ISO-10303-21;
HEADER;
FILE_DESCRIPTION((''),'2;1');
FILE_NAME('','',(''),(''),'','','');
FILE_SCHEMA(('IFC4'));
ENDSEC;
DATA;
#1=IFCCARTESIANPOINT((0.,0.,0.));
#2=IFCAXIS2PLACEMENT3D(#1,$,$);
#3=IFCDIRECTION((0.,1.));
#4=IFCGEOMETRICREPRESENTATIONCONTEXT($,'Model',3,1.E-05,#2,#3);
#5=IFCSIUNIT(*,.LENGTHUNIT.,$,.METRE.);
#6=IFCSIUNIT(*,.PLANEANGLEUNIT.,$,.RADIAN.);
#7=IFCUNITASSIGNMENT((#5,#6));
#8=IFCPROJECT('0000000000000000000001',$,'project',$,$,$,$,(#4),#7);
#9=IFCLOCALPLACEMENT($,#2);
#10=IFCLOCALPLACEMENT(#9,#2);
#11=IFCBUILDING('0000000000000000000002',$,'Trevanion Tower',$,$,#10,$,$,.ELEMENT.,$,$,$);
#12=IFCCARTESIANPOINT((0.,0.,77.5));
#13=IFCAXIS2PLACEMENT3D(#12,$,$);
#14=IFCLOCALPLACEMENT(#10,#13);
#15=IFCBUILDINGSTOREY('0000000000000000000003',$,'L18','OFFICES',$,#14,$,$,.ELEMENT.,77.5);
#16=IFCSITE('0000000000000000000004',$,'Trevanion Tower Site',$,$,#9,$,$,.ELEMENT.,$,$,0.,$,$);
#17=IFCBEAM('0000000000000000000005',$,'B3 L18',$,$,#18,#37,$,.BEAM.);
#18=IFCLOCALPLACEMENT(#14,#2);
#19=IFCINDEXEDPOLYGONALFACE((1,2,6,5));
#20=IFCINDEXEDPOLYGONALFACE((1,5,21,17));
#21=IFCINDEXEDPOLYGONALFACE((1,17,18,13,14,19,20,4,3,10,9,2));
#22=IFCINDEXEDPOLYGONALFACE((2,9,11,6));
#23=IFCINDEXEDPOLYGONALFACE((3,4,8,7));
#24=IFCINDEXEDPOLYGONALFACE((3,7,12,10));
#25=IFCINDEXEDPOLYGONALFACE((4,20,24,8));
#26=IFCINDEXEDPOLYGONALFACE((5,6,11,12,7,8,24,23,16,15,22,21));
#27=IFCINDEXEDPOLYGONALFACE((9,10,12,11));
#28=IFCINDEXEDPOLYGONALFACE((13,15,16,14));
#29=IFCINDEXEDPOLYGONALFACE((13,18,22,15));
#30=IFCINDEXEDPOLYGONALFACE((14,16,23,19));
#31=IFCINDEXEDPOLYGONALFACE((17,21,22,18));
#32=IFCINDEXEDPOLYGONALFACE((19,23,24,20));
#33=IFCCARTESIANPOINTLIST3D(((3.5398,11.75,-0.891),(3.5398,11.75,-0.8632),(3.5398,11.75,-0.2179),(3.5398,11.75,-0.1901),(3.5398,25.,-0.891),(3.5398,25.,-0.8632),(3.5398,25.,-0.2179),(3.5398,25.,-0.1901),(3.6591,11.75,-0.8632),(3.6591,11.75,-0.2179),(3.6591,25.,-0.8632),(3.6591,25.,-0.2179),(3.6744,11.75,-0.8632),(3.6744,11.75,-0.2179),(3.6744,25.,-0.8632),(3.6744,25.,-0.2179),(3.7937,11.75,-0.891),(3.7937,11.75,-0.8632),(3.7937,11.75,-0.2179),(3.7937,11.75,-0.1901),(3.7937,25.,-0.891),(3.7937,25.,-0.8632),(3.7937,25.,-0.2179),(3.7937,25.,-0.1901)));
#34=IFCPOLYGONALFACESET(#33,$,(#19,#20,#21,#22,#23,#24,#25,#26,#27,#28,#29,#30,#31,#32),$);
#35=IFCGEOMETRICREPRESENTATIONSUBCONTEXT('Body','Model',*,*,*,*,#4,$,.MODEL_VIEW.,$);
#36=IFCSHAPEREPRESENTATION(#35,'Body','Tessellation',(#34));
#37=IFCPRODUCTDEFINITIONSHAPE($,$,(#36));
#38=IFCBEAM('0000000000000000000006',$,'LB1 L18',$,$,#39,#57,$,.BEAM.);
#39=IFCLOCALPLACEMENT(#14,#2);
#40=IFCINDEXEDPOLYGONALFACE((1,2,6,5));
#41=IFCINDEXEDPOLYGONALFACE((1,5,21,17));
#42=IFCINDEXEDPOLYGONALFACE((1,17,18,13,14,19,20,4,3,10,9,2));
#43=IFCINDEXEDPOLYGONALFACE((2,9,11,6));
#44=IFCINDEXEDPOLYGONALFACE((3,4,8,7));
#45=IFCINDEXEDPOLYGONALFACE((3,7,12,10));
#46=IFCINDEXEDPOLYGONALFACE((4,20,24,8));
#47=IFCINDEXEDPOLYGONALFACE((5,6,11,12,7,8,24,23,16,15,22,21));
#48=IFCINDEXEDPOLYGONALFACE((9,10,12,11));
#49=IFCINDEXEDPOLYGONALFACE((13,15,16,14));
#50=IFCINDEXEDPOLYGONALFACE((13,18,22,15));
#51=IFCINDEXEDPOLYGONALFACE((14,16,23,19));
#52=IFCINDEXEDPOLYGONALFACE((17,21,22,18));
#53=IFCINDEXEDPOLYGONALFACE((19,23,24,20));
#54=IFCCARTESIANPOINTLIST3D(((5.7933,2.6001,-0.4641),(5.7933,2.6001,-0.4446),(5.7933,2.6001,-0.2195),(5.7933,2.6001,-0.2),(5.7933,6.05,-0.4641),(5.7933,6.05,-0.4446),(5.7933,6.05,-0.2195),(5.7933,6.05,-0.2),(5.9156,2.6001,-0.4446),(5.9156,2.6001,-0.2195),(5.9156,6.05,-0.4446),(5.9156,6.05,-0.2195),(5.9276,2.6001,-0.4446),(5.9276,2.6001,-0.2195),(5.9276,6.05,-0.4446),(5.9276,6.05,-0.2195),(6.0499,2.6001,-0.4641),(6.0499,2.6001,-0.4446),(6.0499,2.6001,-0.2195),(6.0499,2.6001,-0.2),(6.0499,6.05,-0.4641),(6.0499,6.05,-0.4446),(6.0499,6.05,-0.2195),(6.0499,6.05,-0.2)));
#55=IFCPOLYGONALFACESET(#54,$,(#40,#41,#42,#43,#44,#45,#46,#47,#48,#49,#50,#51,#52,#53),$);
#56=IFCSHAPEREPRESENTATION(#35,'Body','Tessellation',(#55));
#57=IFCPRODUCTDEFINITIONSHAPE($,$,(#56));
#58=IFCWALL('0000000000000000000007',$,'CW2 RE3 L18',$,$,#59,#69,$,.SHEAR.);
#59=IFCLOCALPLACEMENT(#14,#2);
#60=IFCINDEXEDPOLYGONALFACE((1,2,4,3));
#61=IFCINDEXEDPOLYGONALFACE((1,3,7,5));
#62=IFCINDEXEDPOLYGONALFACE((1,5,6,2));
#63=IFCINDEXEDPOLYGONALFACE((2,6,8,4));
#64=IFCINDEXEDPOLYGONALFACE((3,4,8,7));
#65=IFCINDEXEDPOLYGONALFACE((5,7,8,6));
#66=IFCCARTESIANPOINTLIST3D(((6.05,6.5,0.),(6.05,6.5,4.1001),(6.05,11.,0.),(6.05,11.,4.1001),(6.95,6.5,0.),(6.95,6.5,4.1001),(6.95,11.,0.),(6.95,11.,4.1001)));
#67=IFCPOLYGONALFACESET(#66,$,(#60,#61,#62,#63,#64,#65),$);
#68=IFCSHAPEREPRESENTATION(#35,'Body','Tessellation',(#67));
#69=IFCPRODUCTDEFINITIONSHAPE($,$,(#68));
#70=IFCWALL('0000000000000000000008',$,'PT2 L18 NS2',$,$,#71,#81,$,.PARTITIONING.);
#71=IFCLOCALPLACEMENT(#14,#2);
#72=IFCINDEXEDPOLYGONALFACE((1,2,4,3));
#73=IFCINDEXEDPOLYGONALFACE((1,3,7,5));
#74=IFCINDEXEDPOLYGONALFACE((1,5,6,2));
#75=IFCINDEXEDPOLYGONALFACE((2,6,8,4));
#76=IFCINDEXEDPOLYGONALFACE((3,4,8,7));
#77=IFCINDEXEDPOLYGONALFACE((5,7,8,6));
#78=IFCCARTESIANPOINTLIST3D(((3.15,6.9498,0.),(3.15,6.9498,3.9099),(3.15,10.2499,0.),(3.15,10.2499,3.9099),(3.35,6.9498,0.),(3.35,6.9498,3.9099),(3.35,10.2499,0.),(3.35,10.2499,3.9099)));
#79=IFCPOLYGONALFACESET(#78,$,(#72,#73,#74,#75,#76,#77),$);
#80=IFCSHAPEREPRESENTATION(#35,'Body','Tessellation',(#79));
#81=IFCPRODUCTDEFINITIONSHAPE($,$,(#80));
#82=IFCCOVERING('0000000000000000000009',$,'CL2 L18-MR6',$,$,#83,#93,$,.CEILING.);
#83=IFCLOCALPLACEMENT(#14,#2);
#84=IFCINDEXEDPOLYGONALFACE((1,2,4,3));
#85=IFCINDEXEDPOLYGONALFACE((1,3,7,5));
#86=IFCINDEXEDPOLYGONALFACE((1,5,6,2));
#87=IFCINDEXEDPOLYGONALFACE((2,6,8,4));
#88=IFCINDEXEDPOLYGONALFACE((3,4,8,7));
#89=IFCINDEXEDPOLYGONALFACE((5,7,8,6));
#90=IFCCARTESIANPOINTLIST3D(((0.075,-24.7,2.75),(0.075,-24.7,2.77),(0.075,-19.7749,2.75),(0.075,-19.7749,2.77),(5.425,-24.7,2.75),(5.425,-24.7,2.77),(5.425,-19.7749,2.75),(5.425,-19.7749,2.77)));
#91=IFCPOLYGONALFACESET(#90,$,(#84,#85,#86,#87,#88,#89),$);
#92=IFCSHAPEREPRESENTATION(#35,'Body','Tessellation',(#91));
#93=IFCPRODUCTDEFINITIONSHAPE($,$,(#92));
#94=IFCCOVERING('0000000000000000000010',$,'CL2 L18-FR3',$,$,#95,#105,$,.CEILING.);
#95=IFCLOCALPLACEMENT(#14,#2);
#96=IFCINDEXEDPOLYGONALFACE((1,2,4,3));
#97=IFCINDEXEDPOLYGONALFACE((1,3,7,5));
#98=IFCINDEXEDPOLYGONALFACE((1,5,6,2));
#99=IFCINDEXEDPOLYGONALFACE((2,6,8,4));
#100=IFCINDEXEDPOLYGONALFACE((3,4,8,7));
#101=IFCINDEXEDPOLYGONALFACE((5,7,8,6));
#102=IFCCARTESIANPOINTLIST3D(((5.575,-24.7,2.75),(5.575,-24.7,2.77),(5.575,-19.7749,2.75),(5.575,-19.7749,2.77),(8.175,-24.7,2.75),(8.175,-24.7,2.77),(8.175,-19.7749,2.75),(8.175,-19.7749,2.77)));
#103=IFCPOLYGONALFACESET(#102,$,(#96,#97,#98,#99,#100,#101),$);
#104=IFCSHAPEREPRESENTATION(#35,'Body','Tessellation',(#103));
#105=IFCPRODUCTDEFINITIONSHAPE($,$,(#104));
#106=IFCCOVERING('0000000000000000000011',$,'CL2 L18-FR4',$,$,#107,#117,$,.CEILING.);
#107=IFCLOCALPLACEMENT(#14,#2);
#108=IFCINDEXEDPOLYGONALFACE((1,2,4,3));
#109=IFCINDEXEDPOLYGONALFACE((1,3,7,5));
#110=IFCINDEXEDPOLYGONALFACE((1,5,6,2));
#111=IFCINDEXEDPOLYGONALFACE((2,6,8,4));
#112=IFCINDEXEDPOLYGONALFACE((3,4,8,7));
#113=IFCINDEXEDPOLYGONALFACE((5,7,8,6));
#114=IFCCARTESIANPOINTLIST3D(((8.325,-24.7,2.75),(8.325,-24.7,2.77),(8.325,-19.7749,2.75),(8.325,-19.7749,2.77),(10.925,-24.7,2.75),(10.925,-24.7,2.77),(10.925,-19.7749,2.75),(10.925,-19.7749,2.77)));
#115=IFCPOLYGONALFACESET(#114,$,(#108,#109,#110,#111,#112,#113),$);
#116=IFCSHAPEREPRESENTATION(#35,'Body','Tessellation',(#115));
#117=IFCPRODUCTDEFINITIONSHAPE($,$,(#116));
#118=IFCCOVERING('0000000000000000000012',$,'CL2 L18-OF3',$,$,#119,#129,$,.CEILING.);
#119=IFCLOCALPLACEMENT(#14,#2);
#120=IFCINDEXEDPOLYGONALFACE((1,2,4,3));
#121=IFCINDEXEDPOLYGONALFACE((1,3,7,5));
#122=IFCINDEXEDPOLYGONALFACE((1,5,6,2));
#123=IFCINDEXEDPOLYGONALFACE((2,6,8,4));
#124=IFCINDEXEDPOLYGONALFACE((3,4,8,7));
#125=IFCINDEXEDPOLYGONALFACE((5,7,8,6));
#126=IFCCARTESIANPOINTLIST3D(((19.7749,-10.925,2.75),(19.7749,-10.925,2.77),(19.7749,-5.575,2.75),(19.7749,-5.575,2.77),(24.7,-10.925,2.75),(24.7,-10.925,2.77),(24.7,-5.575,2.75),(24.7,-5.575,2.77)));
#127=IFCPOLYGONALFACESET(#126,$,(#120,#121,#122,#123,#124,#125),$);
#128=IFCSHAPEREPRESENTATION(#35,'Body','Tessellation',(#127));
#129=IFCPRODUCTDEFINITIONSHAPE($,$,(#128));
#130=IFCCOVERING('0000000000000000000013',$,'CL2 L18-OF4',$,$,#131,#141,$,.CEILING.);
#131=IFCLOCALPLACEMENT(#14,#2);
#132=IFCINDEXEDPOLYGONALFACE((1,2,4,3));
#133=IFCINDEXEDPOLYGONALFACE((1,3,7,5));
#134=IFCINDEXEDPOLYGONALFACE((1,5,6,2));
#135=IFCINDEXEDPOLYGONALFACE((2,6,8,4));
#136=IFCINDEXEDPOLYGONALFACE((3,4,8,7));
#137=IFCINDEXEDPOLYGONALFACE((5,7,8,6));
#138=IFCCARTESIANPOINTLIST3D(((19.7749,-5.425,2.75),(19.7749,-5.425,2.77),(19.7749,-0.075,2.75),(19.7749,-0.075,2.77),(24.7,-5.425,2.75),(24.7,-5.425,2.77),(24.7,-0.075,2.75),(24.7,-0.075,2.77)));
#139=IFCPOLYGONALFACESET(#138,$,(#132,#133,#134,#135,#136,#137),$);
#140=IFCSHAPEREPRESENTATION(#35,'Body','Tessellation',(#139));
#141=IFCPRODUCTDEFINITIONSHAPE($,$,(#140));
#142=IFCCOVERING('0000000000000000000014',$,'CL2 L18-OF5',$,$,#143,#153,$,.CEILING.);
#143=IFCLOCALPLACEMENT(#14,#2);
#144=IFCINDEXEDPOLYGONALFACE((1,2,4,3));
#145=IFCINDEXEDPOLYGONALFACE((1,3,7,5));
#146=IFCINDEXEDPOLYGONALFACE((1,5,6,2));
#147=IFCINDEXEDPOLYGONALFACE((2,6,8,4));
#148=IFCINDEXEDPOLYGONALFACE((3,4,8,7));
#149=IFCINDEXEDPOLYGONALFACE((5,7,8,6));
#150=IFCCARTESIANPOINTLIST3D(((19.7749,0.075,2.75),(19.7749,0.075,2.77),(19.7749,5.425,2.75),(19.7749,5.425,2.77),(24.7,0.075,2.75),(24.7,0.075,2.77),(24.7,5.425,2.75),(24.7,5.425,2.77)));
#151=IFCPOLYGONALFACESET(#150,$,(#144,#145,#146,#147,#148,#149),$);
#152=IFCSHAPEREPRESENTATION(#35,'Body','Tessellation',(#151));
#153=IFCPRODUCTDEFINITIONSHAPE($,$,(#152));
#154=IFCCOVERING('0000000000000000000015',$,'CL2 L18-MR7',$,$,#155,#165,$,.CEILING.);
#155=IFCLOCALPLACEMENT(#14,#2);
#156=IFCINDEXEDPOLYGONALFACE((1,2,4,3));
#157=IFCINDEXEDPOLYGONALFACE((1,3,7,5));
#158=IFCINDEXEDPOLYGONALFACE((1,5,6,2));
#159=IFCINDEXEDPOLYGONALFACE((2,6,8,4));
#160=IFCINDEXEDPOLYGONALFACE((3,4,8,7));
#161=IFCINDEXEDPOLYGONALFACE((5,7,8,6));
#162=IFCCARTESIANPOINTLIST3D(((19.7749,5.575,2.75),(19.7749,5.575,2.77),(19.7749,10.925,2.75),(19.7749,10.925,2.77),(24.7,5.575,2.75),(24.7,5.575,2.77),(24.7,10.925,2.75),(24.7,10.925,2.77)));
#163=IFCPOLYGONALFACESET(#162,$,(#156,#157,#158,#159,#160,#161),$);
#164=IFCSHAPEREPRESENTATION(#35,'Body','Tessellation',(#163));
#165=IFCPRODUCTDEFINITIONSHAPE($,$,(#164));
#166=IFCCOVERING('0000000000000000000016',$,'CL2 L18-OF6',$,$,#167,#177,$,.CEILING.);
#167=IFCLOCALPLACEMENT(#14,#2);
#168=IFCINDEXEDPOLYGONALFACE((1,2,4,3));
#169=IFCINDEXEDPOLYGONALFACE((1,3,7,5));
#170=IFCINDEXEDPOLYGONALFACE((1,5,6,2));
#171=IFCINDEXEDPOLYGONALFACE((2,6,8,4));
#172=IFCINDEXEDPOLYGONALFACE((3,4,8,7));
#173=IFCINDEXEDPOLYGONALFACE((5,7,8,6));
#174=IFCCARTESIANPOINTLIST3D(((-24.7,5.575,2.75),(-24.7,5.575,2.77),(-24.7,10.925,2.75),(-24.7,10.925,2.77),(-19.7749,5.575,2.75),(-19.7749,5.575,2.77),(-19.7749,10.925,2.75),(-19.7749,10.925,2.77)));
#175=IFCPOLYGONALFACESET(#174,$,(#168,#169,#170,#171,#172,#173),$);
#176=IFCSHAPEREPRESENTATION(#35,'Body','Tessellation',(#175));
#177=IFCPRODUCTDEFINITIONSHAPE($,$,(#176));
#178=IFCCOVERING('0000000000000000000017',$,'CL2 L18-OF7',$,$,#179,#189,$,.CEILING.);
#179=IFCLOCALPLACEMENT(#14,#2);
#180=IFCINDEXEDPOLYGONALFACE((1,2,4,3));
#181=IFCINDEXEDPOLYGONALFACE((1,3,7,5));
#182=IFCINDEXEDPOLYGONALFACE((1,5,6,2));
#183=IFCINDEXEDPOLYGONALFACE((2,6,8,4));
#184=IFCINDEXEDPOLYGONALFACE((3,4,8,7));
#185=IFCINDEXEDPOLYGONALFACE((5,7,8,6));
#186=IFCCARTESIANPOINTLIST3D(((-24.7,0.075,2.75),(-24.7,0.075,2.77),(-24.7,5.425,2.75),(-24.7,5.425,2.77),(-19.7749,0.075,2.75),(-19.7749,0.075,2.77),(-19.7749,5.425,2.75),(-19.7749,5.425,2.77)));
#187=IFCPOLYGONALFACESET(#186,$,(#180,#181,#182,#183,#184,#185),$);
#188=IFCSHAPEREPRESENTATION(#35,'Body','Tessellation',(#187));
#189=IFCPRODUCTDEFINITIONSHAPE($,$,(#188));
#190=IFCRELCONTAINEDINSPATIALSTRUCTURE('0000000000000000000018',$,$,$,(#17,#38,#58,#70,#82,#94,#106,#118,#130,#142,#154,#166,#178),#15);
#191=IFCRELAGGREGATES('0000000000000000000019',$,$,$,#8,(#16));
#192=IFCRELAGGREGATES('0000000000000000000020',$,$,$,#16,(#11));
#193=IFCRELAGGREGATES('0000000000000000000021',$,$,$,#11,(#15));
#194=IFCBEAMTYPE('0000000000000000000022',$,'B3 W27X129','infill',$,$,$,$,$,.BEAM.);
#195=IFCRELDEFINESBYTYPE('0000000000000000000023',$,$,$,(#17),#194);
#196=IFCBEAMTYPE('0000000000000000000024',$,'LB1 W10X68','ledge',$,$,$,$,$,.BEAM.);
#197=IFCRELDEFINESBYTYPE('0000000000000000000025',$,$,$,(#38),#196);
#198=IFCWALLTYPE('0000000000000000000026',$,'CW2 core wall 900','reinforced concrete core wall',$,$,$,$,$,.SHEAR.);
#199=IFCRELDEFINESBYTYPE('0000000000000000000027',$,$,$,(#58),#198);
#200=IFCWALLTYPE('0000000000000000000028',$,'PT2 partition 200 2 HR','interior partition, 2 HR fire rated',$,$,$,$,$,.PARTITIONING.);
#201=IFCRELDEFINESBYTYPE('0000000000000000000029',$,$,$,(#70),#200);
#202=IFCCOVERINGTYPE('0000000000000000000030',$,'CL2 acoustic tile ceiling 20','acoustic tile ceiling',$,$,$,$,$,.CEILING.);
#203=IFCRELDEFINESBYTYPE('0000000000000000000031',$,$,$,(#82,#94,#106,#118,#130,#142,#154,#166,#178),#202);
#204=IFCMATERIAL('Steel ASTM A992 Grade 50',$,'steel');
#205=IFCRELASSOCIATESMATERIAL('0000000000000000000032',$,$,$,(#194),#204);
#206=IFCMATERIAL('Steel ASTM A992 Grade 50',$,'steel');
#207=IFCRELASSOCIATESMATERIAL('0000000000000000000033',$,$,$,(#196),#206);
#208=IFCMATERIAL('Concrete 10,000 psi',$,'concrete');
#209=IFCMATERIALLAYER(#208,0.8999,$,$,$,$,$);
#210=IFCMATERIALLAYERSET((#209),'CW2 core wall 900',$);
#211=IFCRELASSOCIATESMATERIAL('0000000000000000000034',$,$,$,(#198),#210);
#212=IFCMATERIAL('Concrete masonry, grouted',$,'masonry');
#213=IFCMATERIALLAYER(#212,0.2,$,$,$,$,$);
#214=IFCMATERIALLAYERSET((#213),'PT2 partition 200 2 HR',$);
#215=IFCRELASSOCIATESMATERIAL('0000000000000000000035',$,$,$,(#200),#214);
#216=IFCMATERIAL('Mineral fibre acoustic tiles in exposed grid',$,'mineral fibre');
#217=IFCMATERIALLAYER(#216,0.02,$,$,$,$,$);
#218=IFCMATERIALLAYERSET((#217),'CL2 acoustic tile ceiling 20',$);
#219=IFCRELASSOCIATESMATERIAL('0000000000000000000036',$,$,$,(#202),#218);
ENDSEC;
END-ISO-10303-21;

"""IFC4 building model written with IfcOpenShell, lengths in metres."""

from ifc_helpers import new_model, si_unit, direction, frame, frame_2d, origin, origin_2d, place, context, subcontext, project, spatial, polyline, rectangle, i_section, outline, extrude, material, layer, layer_set, material_profile, profile_set, type_object, element, save


model = new_model("IFC4")

# Units and contexts
model_context = context("Model", 3, precision=1e-05, world=origin(), true_north=direction((0.0, 1.0)))
body_context = subcontext(model_context, "Body", "Model", "MODEL_VIEW")
ifc_project = project(units=[si_unit("LENGTHUNIT", "METRE"), si_unit("PLANEANGLEUNIT", "RADIAN")], contexts=[model_context])

# Site, building, storey
site_placement = place(None, origin())
site = spatial("IfcSite", under=ifc_project, at=site_placement, Name="Trevanion Tower Site", CompositionType="ELEMENT", RefElevation=0.0)
building_placement = place(site_placement, origin())
building = spatial("IfcBuilding", under=site, at=building_placement, Name="Trevanion Tower", CompositionType="ELEMENT")
storey_placement = place(building_placement, frame((0.0, 0.0, 77.5)))
storey = spatial("IfcBuildingStorey", under=building, at=storey_placement, Name="L18", Description="OFFICES", CompositionType="ELEMENT", Elevation=77.5)

# Beams
ifc_material_1 = material(Name="Steel ASTM A992 Grade 50", Category="steel")
ifc_material_profile_1 = material_profile(ifc_material_1, i_section(OverallWidth=0.2539, OverallDepth=0.7009, WebThickness=0.0154, FlangeThickness=0.0278, at=origin_2d()), Name="W27X129")
ifc_profile_set_1 = profile_set([ifc_material_profile_1], Name="Steel ASTM A992 Grade 50")
beam_type_1 = type_object("IfcBeamType", Name="B3 W27X129", Description="infill", PredefinedType="BEAM", material=ifc_profile_set_1)
beam_1_placement = place(storey_placement, frame((3.6667, 11.75, -0.5405), z_axis=(0.0, 1.0, 0.0), x_axis=(-1.0, 0.0, 0.0)))
element("IfcBeam", 1, at=beam_1_placement, inside=storey, type_object=beam_type_1, Name="B3 L18", PredefinedType="BEAM", context=body_context, shape_type="SweptSolid", body=[
    extrude(i_section(OverallWidth=0.2539, OverallDepth=0.7009, WebThickness=0.0154, FlangeThickness=0.0278, at=origin_2d()), origin(), (0.0, 0.0, 1.0), 13.25),
])
ifc_material_2 = material(Name="Steel ASTM A992 Grade 50", Category="steel")
ifc_material_profile_2 = material_profile(ifc_material_2, i_section(OverallWidth=0.2566, OverallDepth=0.2642, WebThickness=0.012, FlangeThickness=0.0195, at=origin_2d()), Name="W10X68")
ifc_profile_set_2 = profile_set([ifc_material_profile_2], Name="Steel ASTM A992 Grade 50")
beam_type_2 = type_object("IfcBeamType", Name="LB1 W10X68", Description="ledge", PredefinedType="BEAM", material=ifc_profile_set_2)
beam_2_placement = place(storey_placement, frame((5.9216, 2.6001, -0.332), z_axis=(0.0, 1.0, 0.0), x_axis=(-1.0, 0.0, 0.0)))
element("IfcBeam", 2, at=beam_2_placement, inside=storey, type_object=beam_type_2, Name="LB1 L18", PredefinedType="BEAM", context=body_context, shape_type="SweptSolid", body=[
    extrude(i_section(OverallWidth=0.2566, OverallDepth=0.2642, WebThickness=0.012, FlangeThickness=0.0195, at=origin_2d()), origin(), (0.0, 0.0, 1.0), 3.45),
])

# Walls
ifc_material_3 = material(Name="Concrete 10,000 psi", Category="concrete")
ifc_layer_1 = layer(ifc_material_3, 0.8999)
ifc_layer_set_1 = layer_set([ifc_layer_1], Name="CW2 core wall 900")
wall_type_1 = type_object("IfcWallType", Name="CW2 core wall 900", Description="reinforced concrete core wall", PredefinedType="SHEAR", material=ifc_layer_set_1)
wall_1_placement = place(storey_placement, frame((6.5, 6.5, 0.0), z_axis=(0.0, 0.0, 1.0), x_axis=(0.0, 1.0, 0.0)))
element("IfcWall", 3, at=wall_1_placement, inside=storey, type_object=wall_type_1, Name="CW2 RE3 L18", PredefinedType="SHEAR", context=body_context, shape_type="SweptSolid", body=[
    extrude(rectangle(XDim=4.5, YDim=0.8999, at=frame_2d((2.25, 0.0))), origin(), (0.0, 0.0, 1.0), 4.1001),
])
ifc_material_4 = material(Name="Concrete masonry, grouted", Category="masonry")
ifc_layer_2 = layer(ifc_material_4, 0.2)
ifc_layer_set_2 = layer_set([ifc_layer_2], Name="PT2 partition 200 2 HR")
wall_type_2 = type_object("IfcWallType", Name="PT2 partition 200 2 HR", Description="interior partition, 2 HR fire rated", PredefinedType="PARTITIONING", material=ifc_layer_set_2)
wall_2_placement = place(storey_placement, frame((3.25, 6.95, 0.0), z_axis=(0.0, 0.0, 1.0), x_axis=(0.0, 1.0, 0.0)))
element("IfcWall", 4, at=wall_2_placement, inside=storey, type_object=wall_type_2, Name="PT2 L18 NS2", PredefinedType="PARTITIONING", context=body_context, shape_type="SweptSolid", body=[
    extrude(rectangle(XDim=3.3, YDim=0.2, at=frame_2d((1.6499, 0.0))), origin(), (0.0, 0.0, 1.0), 3.9099),
])

# Coverings
ifc_material_5 = material(Name="Mineral fibre acoustic tiles in exposed grid", Category="mineral fibre")
ifc_layer_3 = layer(ifc_material_5, 0.02)
ifc_layer_set_3 = layer_set([ifc_layer_3], Name="CL2 acoustic tile ceiling 20")
covering_type_1 = type_object("IfcCoveringType", Name="CL2 acoustic tile ceiling 20", Description="acoustic tile ceiling", PredefinedType="CEILING", material=ifc_layer_set_3)
covering_1_placement = place(storey_placement, frame((0.0, 0.0, 2.75)))
element("IfcCovering", 5, at=covering_1_placement, inside=storey, type_object=covering_type_1, Name="CL2 L18-MR6", PredefinedType="CEILING", context=body_context, shape_type="SweptSolid", body=[
    extrude(outline(polyline([(0.075, -19.7749), (5.425, -19.7749), (5.425, -24.7), (0.075, -24.7), (0.075, -19.7749)])), origin(), (0.0, 0.0, 1.0), 0.02),
])
covering_2_placement = place(storey_placement, frame((0.0, 0.0, 2.75)))
element("IfcCovering", 6, at=covering_2_placement, inside=storey, type_object=covering_type_1, Name="CL2 L18-FR3", PredefinedType="CEILING", context=body_context, shape_type="SweptSolid", body=[
    extrude(outline(polyline([(5.575, -19.7749), (8.175, -19.7749), (8.175, -24.7), (5.575, -24.7), (5.575, -19.7749)])), origin(), (0.0, 0.0, 1.0), 0.02),
])
covering_3_placement = place(storey_placement, frame((0.0, 0.0, 2.75)))
element("IfcCovering", 7, at=covering_3_placement, inside=storey, type_object=covering_type_1, Name="CL2 L18-FR4", PredefinedType="CEILING", context=body_context, shape_type="SweptSolid", body=[
    extrude(outline(polyline([(8.325, -19.7749), (10.925, -19.7749), (10.925, -24.7), (8.325, -24.7), (8.325, -19.7749)])), origin(), (0.0, 0.0, 1.0), 0.02),
])
covering_4_placement = place(storey_placement, frame((0.0, 0.0, 2.75)))
element("IfcCovering", 8, at=covering_4_placement, inside=storey, type_object=covering_type_1, Name="CL2 L18-OF3", PredefinedType="CEILING", context=body_context, shape_type="SweptSolid", body=[
    extrude(outline(polyline([(19.7749, -10.925), (19.7749, -5.575), (24.7, -5.575), (24.7, -10.925), (19.7749, -10.925)])), origin(), (0.0, 0.0, 1.0), 0.02),
])
covering_5_placement = place(storey_placement, frame((0.0, 0.0, 2.75)))
element("IfcCovering", 9, at=covering_5_placement, inside=storey, type_object=covering_type_1, Name="CL2 L18-OF4", PredefinedType="CEILING", context=body_context, shape_type="SweptSolid", body=[
    extrude(outline(polyline([(19.7749, -5.425), (19.7749, -0.075), (24.7, -0.075), (24.7, -5.425), (19.7749, -5.425)])), origin(), (0.0, 0.0, 1.0), 0.02),
])
covering_6_placement = place(storey_placement, frame((0.0, 0.0, 2.75)))
element("IfcCovering", 10, at=covering_6_placement, inside=storey, type_object=covering_type_1, Name="CL2 L18-OF5", PredefinedType="CEILING", context=body_context, shape_type="SweptSolid", body=[
    extrude(outline(polyline([(19.7749, 0.075), (19.7749, 5.425), (24.7, 5.425), (24.7, 0.075), (19.7749, 0.075)])), origin(), (0.0, 0.0, 1.0), 0.02),
])
covering_7_placement = place(storey_placement, frame((0.0, 0.0, 2.75)))
element("IfcCovering", 11, at=covering_7_placement, inside=storey, type_object=covering_type_1, Name="CL2 L18-MR7", PredefinedType="CEILING", context=body_context, shape_type="SweptSolid", body=[
    extrude(outline(polyline([(19.7749, 5.575), (19.7749, 10.925), (24.7, 10.925), (24.7, 5.575), (19.7749, 5.575)])), origin(), (0.0, 0.0, 1.0), 0.02),
])
covering_8_placement = place(storey_placement, frame((0.0, 0.0, 2.75)))
element("IfcCovering", 12, at=covering_8_placement, inside=storey, type_object=covering_type_1, Name="CL2 L18-OF6", PredefinedType="CEILING", context=body_context, shape_type="SweptSolid", body=[
    extrude(outline(polyline([(-19.7749, 10.925), (-19.7749, 5.575), (-24.7, 5.575), (-24.7, 10.925), (-19.7749, 10.925)])), origin(), (0.0, 0.0, 1.0), 0.02),
])
covering_9_placement = place(storey_placement, frame((0.0, 0.0, 2.75)))
element("IfcCovering", 13, at=covering_9_placement, inside=storey, type_object=covering_type_1, Name="CL2 L18-OF7", PredefinedType="CEILING", context=body_context, shape_type="SweptSolid", body=[
    extrude(outline(polyline([(-19.7749, 5.425), (-19.7749, 0.075), (-24.7, 0.075), (-24.7, 5.425), (-19.7749, 5.425)])), origin(), (0.0, 0.0, 1.0), 0.02),
])

save(model, "model.ifc")
